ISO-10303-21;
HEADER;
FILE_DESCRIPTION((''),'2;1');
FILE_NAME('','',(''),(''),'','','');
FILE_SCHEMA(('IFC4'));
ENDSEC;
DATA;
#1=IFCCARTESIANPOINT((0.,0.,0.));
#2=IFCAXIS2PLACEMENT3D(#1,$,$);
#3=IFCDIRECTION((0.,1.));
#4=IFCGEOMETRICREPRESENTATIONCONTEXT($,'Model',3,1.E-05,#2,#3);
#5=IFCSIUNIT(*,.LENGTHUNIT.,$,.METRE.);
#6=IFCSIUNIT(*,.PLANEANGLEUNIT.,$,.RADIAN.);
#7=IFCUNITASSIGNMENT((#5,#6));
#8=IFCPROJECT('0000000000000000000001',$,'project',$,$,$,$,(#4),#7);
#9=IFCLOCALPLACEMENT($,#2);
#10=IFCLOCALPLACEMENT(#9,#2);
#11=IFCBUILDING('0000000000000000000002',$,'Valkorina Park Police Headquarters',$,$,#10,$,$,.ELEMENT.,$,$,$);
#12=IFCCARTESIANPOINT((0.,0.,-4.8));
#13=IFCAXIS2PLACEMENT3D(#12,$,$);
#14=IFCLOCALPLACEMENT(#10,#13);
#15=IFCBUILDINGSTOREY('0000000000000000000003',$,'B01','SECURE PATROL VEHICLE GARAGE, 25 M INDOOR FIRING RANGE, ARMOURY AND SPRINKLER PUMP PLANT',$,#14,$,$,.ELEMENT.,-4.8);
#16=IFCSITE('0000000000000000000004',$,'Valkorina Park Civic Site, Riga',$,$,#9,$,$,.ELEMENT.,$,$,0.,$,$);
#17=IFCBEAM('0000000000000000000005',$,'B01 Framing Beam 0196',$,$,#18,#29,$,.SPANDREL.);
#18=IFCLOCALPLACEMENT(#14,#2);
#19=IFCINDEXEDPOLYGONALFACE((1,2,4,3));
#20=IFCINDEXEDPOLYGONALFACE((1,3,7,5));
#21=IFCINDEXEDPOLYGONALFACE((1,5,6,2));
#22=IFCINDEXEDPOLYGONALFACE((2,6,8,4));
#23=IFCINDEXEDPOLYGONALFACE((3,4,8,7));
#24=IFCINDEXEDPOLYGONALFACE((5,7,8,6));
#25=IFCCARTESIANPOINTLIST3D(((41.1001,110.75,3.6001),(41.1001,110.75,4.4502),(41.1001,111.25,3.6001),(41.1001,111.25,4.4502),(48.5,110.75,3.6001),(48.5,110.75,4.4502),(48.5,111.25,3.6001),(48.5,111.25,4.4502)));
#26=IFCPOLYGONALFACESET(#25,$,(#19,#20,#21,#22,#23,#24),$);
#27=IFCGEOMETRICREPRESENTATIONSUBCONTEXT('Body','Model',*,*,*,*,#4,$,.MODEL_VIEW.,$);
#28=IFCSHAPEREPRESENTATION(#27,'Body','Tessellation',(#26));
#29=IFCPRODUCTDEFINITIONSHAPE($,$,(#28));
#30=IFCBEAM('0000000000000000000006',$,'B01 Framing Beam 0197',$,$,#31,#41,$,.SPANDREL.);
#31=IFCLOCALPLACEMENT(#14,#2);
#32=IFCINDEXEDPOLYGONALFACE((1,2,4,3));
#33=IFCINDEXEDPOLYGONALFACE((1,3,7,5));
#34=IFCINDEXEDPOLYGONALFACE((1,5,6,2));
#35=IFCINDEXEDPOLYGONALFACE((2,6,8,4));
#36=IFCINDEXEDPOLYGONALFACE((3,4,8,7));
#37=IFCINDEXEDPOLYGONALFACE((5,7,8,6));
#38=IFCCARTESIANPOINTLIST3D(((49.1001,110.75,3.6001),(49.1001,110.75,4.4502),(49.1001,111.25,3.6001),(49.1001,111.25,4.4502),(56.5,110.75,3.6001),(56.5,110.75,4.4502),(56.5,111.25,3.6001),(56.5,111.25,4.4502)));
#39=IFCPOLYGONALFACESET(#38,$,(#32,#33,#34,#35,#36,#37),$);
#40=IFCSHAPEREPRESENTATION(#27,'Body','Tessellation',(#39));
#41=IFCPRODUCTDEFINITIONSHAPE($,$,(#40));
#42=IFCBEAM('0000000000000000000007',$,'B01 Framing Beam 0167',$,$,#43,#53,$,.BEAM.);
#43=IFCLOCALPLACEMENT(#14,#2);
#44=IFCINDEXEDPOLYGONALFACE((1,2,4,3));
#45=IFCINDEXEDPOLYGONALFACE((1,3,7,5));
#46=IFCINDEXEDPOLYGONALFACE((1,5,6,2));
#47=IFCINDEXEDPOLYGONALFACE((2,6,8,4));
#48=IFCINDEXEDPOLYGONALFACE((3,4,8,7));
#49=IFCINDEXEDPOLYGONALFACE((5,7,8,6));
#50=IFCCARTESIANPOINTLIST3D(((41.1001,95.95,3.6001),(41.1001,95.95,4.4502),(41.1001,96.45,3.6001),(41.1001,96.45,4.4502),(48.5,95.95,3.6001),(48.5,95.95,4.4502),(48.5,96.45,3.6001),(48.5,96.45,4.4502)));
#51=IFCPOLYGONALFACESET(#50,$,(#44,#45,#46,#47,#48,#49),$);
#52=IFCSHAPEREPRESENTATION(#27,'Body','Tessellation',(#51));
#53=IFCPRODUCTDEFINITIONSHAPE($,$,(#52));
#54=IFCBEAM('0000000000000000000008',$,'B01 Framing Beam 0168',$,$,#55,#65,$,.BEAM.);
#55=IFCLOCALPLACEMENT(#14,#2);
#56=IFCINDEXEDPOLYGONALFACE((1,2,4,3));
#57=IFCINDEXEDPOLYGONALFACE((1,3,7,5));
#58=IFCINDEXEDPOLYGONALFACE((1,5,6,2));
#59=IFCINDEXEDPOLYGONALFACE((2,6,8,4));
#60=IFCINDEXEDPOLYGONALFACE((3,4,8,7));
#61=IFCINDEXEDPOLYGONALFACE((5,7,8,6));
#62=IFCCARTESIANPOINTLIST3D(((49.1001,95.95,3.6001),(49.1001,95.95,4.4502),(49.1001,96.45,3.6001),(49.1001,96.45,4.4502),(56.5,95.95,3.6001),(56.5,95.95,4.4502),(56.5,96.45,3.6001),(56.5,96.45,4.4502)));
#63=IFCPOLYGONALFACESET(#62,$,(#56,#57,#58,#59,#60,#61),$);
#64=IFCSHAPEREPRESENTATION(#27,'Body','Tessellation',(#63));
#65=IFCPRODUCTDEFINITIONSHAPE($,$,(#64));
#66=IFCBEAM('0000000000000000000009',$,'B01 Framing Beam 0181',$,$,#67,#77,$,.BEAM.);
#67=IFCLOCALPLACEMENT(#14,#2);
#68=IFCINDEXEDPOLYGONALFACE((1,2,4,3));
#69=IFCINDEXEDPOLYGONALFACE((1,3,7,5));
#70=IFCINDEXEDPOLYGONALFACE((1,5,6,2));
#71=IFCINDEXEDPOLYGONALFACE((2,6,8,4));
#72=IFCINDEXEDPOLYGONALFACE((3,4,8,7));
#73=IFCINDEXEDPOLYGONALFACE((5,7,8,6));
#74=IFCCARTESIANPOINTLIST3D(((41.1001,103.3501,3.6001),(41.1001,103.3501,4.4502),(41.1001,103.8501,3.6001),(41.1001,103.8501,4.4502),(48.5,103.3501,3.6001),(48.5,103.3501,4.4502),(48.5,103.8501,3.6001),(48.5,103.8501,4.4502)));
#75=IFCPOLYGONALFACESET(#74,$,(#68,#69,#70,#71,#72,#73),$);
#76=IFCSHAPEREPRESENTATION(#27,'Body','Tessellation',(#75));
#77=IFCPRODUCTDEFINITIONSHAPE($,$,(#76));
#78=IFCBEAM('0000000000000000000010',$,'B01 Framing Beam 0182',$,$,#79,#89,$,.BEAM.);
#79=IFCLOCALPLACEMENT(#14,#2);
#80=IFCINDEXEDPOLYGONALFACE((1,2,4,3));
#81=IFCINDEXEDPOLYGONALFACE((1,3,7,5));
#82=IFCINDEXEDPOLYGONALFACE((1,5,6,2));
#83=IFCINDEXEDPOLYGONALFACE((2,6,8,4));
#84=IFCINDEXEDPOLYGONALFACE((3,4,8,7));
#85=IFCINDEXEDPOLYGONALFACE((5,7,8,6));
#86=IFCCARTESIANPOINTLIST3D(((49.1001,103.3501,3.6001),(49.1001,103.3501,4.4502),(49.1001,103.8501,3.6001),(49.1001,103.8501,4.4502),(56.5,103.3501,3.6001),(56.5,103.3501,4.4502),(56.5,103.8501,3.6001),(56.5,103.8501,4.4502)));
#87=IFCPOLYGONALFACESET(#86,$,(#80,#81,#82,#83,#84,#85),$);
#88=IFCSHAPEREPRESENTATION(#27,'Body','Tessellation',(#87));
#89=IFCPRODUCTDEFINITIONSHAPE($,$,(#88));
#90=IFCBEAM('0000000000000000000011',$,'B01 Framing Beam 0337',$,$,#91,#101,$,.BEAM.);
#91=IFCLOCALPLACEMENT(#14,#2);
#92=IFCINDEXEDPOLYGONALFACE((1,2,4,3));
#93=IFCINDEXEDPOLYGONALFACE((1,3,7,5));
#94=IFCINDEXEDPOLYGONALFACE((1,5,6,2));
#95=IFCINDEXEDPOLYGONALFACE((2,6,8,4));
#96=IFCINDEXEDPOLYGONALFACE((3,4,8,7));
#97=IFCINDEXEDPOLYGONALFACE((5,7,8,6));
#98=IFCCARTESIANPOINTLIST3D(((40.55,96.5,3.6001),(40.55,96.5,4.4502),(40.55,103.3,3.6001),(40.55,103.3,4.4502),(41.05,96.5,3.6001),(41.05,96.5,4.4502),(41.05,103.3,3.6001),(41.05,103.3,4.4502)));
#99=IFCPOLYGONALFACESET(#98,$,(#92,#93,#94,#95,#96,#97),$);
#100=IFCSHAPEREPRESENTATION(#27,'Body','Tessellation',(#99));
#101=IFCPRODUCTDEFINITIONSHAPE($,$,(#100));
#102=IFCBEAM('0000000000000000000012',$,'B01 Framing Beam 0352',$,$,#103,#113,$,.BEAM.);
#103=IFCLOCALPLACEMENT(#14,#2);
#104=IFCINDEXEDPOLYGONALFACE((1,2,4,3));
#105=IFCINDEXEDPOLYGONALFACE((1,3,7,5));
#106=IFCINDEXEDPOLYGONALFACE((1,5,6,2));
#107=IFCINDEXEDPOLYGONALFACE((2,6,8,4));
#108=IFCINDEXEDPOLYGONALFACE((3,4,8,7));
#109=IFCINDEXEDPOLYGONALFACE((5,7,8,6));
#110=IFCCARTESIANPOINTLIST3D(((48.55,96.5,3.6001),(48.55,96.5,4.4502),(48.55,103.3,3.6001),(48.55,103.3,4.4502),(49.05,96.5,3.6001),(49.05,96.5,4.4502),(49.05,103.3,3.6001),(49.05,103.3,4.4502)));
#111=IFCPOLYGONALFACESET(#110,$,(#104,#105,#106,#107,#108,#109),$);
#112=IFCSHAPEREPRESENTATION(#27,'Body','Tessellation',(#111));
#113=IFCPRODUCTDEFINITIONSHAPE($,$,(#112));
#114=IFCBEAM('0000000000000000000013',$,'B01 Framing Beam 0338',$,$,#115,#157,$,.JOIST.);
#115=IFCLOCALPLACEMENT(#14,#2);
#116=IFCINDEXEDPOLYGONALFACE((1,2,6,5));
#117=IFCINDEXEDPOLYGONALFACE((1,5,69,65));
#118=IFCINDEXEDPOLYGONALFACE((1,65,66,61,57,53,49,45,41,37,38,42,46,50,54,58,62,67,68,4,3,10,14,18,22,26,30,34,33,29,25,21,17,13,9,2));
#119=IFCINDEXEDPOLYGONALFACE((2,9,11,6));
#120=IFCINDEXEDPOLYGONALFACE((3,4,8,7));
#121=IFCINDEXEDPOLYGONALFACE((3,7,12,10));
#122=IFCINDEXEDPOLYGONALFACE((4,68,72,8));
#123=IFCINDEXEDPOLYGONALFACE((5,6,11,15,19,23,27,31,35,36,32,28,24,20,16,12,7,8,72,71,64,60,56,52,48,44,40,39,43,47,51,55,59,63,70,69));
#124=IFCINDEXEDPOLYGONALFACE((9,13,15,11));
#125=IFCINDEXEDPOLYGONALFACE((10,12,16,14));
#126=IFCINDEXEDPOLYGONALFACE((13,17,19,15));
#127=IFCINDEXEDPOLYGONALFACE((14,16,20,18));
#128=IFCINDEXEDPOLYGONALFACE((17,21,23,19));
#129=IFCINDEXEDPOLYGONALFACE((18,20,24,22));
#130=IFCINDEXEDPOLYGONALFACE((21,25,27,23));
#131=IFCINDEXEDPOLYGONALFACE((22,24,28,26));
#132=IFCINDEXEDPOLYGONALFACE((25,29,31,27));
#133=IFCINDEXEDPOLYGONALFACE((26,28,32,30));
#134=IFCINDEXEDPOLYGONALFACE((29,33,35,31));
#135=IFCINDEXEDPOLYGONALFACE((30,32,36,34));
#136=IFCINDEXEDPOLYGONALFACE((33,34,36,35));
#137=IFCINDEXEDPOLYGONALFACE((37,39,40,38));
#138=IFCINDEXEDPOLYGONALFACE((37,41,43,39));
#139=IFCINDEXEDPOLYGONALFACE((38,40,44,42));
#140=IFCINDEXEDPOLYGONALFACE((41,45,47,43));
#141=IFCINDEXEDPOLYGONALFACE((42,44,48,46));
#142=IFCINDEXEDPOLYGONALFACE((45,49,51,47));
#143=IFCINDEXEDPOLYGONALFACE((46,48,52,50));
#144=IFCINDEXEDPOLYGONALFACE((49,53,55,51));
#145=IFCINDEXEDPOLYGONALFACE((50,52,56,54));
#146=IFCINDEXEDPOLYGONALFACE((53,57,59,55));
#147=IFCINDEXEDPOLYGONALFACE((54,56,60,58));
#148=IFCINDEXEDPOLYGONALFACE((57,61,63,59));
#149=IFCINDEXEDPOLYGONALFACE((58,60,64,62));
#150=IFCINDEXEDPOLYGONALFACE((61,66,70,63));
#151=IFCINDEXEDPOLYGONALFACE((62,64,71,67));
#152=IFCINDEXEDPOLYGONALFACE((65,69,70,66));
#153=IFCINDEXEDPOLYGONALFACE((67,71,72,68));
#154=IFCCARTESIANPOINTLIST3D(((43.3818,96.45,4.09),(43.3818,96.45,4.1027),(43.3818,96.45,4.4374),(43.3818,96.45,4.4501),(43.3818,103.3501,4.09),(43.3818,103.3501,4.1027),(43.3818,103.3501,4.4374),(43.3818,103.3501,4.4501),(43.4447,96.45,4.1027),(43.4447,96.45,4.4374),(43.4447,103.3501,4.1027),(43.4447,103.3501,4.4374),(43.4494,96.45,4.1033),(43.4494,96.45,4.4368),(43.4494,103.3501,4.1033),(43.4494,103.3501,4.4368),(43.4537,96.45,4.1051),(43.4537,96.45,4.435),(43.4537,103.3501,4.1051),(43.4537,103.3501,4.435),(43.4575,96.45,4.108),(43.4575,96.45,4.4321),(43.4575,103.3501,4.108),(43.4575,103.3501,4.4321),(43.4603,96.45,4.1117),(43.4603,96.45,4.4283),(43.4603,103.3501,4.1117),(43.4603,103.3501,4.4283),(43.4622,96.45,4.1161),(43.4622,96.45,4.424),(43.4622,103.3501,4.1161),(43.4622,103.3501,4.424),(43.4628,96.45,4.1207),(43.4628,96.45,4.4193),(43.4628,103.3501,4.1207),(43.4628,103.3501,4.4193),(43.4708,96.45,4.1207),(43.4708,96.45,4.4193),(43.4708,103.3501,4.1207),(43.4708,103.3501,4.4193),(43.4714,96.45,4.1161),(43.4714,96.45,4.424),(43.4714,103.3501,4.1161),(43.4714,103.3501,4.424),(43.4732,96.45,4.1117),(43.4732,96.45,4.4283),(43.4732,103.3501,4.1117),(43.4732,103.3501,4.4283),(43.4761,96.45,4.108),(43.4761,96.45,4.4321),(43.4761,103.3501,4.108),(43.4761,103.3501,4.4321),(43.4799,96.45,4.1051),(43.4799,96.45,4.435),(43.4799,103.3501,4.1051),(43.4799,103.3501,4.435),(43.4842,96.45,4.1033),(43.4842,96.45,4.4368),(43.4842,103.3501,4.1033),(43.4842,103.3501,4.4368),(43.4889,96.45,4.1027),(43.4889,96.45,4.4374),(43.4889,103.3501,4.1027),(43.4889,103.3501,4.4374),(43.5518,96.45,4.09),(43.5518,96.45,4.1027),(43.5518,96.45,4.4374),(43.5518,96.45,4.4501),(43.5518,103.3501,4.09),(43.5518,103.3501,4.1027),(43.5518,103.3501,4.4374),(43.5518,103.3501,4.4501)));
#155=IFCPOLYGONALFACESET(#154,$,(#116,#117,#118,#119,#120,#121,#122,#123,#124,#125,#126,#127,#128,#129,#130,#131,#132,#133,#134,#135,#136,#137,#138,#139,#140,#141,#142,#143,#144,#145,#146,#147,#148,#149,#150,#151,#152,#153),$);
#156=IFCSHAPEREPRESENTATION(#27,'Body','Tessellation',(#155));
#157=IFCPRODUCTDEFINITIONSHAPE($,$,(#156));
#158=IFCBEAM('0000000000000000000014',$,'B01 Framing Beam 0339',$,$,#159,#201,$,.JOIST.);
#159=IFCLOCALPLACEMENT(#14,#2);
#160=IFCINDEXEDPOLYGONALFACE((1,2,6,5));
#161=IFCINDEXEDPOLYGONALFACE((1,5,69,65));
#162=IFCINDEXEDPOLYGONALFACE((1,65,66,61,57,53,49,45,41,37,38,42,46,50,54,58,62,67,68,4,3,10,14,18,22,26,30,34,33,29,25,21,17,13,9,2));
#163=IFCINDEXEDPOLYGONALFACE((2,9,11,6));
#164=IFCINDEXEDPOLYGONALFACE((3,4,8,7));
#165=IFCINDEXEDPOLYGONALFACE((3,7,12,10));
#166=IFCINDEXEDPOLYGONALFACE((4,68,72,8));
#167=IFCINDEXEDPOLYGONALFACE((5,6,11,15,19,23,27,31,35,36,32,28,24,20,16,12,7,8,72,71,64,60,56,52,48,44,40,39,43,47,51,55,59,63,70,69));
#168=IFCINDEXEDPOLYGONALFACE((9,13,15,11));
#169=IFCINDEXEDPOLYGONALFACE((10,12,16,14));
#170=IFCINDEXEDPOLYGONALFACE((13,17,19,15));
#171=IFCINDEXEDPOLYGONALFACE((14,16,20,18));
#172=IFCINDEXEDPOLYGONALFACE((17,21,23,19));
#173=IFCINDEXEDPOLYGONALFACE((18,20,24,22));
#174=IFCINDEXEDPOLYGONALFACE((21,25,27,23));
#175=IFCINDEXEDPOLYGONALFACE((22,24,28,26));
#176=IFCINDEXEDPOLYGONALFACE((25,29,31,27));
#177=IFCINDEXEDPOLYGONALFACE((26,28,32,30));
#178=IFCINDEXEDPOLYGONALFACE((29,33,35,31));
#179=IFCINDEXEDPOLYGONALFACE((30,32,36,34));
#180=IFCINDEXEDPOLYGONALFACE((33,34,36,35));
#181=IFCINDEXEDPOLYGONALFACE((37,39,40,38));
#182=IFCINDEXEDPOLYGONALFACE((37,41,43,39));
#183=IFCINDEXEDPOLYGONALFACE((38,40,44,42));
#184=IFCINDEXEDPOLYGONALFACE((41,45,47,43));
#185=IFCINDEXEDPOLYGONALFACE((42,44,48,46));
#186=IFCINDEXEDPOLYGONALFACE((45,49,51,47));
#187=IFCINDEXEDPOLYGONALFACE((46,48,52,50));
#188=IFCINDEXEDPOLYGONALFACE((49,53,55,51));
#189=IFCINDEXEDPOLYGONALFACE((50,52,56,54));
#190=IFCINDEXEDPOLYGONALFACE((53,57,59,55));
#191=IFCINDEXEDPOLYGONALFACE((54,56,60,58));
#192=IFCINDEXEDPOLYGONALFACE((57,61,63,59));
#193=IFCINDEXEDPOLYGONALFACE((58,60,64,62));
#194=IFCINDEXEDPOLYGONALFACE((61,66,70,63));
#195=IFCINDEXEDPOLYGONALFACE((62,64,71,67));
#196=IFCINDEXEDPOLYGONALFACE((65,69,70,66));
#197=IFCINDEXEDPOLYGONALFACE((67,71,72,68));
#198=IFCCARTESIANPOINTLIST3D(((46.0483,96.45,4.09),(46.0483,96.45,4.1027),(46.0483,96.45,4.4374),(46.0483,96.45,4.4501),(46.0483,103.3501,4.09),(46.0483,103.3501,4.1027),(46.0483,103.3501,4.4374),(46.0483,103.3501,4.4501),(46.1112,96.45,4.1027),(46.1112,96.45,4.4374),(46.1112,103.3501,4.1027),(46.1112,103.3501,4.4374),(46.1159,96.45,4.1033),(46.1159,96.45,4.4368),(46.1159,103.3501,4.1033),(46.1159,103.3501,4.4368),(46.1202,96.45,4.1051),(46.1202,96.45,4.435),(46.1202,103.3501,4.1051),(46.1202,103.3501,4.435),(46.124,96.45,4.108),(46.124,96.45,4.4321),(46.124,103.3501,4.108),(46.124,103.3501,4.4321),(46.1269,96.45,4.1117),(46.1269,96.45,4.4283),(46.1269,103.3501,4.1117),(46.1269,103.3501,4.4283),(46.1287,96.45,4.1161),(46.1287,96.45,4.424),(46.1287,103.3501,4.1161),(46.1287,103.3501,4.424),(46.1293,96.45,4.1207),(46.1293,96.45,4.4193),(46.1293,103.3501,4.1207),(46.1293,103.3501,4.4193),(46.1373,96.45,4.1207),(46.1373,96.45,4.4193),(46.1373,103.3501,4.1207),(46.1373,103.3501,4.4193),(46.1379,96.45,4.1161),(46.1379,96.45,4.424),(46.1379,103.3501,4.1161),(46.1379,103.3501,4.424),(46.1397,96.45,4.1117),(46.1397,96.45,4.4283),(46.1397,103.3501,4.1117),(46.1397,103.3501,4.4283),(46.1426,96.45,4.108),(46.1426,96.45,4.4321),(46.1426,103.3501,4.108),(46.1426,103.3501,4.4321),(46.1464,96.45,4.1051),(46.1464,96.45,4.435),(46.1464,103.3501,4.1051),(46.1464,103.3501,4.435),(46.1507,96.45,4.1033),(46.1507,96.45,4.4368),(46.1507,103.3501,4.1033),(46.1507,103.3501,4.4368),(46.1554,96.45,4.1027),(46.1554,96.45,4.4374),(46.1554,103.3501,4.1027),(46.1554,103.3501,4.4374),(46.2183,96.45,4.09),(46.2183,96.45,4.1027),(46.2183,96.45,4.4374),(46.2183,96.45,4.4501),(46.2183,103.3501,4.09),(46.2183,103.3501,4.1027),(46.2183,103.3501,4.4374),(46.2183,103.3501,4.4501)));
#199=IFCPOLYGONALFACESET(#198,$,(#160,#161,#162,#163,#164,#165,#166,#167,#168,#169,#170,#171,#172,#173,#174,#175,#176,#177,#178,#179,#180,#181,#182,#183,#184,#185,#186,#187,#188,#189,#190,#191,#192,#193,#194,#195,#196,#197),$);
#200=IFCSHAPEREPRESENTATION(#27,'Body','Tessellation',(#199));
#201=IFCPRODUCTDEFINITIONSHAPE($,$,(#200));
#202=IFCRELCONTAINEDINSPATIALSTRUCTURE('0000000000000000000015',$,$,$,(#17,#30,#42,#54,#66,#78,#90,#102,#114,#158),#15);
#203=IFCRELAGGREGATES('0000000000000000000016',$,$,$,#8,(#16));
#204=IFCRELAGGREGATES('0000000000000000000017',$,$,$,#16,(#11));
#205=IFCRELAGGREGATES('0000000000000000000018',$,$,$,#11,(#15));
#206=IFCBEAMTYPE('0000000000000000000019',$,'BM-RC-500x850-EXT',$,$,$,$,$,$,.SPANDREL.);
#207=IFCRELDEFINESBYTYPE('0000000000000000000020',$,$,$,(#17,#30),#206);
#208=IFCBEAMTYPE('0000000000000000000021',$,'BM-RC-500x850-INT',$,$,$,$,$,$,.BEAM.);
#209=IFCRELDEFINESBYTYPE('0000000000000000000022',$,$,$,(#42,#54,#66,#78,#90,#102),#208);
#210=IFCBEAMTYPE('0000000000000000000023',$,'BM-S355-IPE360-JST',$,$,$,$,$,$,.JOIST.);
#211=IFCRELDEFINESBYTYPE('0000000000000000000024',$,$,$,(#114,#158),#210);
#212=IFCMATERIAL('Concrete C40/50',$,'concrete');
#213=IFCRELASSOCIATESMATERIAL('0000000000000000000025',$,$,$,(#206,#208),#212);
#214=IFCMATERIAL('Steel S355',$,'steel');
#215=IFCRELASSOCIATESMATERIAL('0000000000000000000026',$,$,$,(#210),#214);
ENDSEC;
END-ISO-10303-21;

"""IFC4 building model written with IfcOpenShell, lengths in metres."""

from ifc_helpers import new_model, si_unit, direction, frame, origin, origin_2d, place, context, subcontext, project, spatial, rectangle, i_section, extrude, material, material_profile, profile_set, type_object, element, save


model = new_model("IFC4")

# Units and contexts
model_context = context("Model", 3, precision=1e-05, world=origin(), true_north=direction((0.0, 1.0)))
body_context = subcontext(model_context, "Body", "Model", "MODEL_VIEW")
ifc_project = project(units=[si_unit("LENGTHUNIT", "METRE"), si_unit("PLANEANGLEUNIT", "RADIAN")], contexts=[model_context])

# Site, building, storey
site_placement = place(None, origin())
site = spatial("IfcSite", under=ifc_project, at=site_placement, Name="Valkorina Park Civic Site, Riga", CompositionType="ELEMENT", RefElevation=0.0)
building_placement = place(site_placement, origin())
building = spatial("IfcBuilding", under=site, at=building_placement, Name="Valkorina Park Police Headquarters", CompositionType="ELEMENT")
storey_placement = place(building_placement, frame((0.0, 0.0, -4.8)))
storey = spatial("IfcBuildingStorey", under=building, at=storey_placement, Name="B01", Description="SECURE PATROL VEHICLE GARAGE, 25 M INDOOR FIRING RANGE, ARMOURY AND SPRINKLER PUMP PLANT", CompositionType="ELEMENT", Elevation=-4.8)

# Shared definitions
ifc_material_1 = material(Name="Concrete C40/50", Category="concrete")

# Beams
ifc_material_profile_1 = material_profile(ifc_material_1, rectangle(XDim=0.5, YDim=0.8501, at=origin_2d()), Name="RC BEAM 500x850")
ifc_profile_set_1 = profile_set([ifc_material_profile_1], Name="Concrete C40/50")
beam_type_1 = type_object("IfcBeamType", Name="BM-RC-500x850-EXT", PredefinedType="SPANDREL", material=ifc_profile_set_1)
for number, where, z_axis, x_axis, name in (
    (1, (41.1001, 111.0, 4.0251), (1.0, 0.0, 0.0), (0.0, 1.0, 0.0), "B01 Framing Beam 0196"),
    (2, (49.1001, 111.0, 4.0251), (1.0, 0.0, 0.0), (0.0, 1.0, 0.0), "B01 Framing Beam 0197"),
):
    element("IfcBeam", number, at=place(storey_placement, frame(where, z_axis=z_axis, x_axis=x_axis)), inside=storey, type_object=beam_type_1, Name=name, PredefinedType="SPANDREL", context=body_context, shape_type="SweptSolid", body=[
        extrude(rectangle(XDim=0.5, YDim=0.8501, at=origin_2d()), origin(), (0.0, 0.0, 1.0), 7.3999),
    ])
ifc_material_profile_2 = material_profile(ifc_material_1, rectangle(XDim=0.5, YDim=0.8501, at=origin_2d()), Name="RC BEAM 500x850")
ifc_profile_set_2 = profile_set([ifc_material_profile_2], Name="Concrete C40/50")
beam_type_2 = type_object("IfcBeamType", Name="BM-RC-500x850-INT", PredefinedType="BEAM", material=ifc_profile_set_2)
for number, where, z_axis, x_axis, name in (
    (3, (41.1001, 96.2, 4.0251), (1.0, 0.0, 0.0), (0.0, 1.0, 0.0), "B01 Framing Beam 0167"),
    (4, (49.1001, 96.2, 4.0251), (1.0, 0.0, 0.0), (0.0, 1.0, 0.0), "B01 Framing Beam 0168"),
    (5, (41.1001, 103.6001, 4.0251), (1.0, 0.0, 0.0), (0.0, 1.0, 0.0), "B01 Framing Beam 0181"),
    (6, (49.1001, 103.6001, 4.0251), (1.0, 0.0, 0.0), (0.0, 1.0, 0.0), "B01 Framing Beam 0182"),
):
    element("IfcBeam", number, at=place(storey_placement, frame(where, z_axis=z_axis, x_axis=x_axis)), inside=storey, type_object=beam_type_2, Name=name, PredefinedType="BEAM", context=body_context, shape_type="SweptSolid", body=[
        extrude(rectangle(XDim=0.5, YDim=0.8501, at=origin_2d()), origin(), (0.0, 0.0, 1.0), 7.3999),
    ])
for number, where, z_axis, x_axis, name in (
    (7, (40.8, 96.5, 4.0251), (0.0, 1.0, 0.0), (-1.0, 0.0, 0.0), "B01 Framing Beam 0337"),
    (8, (48.8, 96.5, 4.0251), (0.0, 1.0, 0.0), (-1.0, 0.0, 0.0), "B01 Framing Beam 0352"),
):
    element("IfcBeam", number, at=place(storey_placement, frame(where, z_axis=z_axis, x_axis=x_axis)), inside=storey, type_object=beam_type_2, Name=name, PredefinedType="BEAM", context=body_context, shape_type="SweptSolid", body=[
        extrude(rectangle(XDim=0.5, YDim=0.8501, at=origin_2d()), origin(), (0.0, 0.0, 1.0), 6.8),
    ])
ifc_material_2 = material(Name="Steel S355", Category="steel")
ifc_material_profile_3 = material_profile(ifc_material_2, i_section(OverallWidth=0.1699, OverallDepth=0.3601, WebThickness=0.0081, FlangeThickness=0.0127, FilletRadius=0.0181, at=origin_2d()), Name="IPE 360")
ifc_profile_set_3 = profile_set([ifc_material_profile_3], Name="Steel S355")
beam_type_3 = type_object("IfcBeamType", Name="BM-S355-IPE360-JST", PredefinedType="JOIST", material=ifc_profile_set_3)
for number, where, z_axis, x_axis, name in (
    (9, (43.4668, 96.45, 4.27), (0.0, 1.0, 0.0), (-1.0, 0.0, 0.0), "B01 Framing Beam 0338"),
    (10, (46.1333, 96.45, 4.27), (0.0, 1.0, 0.0), (-1.0, 0.0, 0.0), "B01 Framing Beam 0339"),
):
    element("IfcBeam", number, at=place(storey_placement, frame(where, z_axis=z_axis, x_axis=x_axis)), inside=storey, type_object=beam_type_3, Name=name, PredefinedType="JOIST", context=body_context, shape_type="SweptSolid", body=[
        extrude(i_section(OverallWidth=0.1699, OverallDepth=0.3601, WebThickness=0.0081, FlangeThickness=0.0127, FilletRadius=0.0181, at=origin_2d()), origin(), (0.0, 0.0, 1.0), 6.9001),
    ])

save(model, "model.ifc")
